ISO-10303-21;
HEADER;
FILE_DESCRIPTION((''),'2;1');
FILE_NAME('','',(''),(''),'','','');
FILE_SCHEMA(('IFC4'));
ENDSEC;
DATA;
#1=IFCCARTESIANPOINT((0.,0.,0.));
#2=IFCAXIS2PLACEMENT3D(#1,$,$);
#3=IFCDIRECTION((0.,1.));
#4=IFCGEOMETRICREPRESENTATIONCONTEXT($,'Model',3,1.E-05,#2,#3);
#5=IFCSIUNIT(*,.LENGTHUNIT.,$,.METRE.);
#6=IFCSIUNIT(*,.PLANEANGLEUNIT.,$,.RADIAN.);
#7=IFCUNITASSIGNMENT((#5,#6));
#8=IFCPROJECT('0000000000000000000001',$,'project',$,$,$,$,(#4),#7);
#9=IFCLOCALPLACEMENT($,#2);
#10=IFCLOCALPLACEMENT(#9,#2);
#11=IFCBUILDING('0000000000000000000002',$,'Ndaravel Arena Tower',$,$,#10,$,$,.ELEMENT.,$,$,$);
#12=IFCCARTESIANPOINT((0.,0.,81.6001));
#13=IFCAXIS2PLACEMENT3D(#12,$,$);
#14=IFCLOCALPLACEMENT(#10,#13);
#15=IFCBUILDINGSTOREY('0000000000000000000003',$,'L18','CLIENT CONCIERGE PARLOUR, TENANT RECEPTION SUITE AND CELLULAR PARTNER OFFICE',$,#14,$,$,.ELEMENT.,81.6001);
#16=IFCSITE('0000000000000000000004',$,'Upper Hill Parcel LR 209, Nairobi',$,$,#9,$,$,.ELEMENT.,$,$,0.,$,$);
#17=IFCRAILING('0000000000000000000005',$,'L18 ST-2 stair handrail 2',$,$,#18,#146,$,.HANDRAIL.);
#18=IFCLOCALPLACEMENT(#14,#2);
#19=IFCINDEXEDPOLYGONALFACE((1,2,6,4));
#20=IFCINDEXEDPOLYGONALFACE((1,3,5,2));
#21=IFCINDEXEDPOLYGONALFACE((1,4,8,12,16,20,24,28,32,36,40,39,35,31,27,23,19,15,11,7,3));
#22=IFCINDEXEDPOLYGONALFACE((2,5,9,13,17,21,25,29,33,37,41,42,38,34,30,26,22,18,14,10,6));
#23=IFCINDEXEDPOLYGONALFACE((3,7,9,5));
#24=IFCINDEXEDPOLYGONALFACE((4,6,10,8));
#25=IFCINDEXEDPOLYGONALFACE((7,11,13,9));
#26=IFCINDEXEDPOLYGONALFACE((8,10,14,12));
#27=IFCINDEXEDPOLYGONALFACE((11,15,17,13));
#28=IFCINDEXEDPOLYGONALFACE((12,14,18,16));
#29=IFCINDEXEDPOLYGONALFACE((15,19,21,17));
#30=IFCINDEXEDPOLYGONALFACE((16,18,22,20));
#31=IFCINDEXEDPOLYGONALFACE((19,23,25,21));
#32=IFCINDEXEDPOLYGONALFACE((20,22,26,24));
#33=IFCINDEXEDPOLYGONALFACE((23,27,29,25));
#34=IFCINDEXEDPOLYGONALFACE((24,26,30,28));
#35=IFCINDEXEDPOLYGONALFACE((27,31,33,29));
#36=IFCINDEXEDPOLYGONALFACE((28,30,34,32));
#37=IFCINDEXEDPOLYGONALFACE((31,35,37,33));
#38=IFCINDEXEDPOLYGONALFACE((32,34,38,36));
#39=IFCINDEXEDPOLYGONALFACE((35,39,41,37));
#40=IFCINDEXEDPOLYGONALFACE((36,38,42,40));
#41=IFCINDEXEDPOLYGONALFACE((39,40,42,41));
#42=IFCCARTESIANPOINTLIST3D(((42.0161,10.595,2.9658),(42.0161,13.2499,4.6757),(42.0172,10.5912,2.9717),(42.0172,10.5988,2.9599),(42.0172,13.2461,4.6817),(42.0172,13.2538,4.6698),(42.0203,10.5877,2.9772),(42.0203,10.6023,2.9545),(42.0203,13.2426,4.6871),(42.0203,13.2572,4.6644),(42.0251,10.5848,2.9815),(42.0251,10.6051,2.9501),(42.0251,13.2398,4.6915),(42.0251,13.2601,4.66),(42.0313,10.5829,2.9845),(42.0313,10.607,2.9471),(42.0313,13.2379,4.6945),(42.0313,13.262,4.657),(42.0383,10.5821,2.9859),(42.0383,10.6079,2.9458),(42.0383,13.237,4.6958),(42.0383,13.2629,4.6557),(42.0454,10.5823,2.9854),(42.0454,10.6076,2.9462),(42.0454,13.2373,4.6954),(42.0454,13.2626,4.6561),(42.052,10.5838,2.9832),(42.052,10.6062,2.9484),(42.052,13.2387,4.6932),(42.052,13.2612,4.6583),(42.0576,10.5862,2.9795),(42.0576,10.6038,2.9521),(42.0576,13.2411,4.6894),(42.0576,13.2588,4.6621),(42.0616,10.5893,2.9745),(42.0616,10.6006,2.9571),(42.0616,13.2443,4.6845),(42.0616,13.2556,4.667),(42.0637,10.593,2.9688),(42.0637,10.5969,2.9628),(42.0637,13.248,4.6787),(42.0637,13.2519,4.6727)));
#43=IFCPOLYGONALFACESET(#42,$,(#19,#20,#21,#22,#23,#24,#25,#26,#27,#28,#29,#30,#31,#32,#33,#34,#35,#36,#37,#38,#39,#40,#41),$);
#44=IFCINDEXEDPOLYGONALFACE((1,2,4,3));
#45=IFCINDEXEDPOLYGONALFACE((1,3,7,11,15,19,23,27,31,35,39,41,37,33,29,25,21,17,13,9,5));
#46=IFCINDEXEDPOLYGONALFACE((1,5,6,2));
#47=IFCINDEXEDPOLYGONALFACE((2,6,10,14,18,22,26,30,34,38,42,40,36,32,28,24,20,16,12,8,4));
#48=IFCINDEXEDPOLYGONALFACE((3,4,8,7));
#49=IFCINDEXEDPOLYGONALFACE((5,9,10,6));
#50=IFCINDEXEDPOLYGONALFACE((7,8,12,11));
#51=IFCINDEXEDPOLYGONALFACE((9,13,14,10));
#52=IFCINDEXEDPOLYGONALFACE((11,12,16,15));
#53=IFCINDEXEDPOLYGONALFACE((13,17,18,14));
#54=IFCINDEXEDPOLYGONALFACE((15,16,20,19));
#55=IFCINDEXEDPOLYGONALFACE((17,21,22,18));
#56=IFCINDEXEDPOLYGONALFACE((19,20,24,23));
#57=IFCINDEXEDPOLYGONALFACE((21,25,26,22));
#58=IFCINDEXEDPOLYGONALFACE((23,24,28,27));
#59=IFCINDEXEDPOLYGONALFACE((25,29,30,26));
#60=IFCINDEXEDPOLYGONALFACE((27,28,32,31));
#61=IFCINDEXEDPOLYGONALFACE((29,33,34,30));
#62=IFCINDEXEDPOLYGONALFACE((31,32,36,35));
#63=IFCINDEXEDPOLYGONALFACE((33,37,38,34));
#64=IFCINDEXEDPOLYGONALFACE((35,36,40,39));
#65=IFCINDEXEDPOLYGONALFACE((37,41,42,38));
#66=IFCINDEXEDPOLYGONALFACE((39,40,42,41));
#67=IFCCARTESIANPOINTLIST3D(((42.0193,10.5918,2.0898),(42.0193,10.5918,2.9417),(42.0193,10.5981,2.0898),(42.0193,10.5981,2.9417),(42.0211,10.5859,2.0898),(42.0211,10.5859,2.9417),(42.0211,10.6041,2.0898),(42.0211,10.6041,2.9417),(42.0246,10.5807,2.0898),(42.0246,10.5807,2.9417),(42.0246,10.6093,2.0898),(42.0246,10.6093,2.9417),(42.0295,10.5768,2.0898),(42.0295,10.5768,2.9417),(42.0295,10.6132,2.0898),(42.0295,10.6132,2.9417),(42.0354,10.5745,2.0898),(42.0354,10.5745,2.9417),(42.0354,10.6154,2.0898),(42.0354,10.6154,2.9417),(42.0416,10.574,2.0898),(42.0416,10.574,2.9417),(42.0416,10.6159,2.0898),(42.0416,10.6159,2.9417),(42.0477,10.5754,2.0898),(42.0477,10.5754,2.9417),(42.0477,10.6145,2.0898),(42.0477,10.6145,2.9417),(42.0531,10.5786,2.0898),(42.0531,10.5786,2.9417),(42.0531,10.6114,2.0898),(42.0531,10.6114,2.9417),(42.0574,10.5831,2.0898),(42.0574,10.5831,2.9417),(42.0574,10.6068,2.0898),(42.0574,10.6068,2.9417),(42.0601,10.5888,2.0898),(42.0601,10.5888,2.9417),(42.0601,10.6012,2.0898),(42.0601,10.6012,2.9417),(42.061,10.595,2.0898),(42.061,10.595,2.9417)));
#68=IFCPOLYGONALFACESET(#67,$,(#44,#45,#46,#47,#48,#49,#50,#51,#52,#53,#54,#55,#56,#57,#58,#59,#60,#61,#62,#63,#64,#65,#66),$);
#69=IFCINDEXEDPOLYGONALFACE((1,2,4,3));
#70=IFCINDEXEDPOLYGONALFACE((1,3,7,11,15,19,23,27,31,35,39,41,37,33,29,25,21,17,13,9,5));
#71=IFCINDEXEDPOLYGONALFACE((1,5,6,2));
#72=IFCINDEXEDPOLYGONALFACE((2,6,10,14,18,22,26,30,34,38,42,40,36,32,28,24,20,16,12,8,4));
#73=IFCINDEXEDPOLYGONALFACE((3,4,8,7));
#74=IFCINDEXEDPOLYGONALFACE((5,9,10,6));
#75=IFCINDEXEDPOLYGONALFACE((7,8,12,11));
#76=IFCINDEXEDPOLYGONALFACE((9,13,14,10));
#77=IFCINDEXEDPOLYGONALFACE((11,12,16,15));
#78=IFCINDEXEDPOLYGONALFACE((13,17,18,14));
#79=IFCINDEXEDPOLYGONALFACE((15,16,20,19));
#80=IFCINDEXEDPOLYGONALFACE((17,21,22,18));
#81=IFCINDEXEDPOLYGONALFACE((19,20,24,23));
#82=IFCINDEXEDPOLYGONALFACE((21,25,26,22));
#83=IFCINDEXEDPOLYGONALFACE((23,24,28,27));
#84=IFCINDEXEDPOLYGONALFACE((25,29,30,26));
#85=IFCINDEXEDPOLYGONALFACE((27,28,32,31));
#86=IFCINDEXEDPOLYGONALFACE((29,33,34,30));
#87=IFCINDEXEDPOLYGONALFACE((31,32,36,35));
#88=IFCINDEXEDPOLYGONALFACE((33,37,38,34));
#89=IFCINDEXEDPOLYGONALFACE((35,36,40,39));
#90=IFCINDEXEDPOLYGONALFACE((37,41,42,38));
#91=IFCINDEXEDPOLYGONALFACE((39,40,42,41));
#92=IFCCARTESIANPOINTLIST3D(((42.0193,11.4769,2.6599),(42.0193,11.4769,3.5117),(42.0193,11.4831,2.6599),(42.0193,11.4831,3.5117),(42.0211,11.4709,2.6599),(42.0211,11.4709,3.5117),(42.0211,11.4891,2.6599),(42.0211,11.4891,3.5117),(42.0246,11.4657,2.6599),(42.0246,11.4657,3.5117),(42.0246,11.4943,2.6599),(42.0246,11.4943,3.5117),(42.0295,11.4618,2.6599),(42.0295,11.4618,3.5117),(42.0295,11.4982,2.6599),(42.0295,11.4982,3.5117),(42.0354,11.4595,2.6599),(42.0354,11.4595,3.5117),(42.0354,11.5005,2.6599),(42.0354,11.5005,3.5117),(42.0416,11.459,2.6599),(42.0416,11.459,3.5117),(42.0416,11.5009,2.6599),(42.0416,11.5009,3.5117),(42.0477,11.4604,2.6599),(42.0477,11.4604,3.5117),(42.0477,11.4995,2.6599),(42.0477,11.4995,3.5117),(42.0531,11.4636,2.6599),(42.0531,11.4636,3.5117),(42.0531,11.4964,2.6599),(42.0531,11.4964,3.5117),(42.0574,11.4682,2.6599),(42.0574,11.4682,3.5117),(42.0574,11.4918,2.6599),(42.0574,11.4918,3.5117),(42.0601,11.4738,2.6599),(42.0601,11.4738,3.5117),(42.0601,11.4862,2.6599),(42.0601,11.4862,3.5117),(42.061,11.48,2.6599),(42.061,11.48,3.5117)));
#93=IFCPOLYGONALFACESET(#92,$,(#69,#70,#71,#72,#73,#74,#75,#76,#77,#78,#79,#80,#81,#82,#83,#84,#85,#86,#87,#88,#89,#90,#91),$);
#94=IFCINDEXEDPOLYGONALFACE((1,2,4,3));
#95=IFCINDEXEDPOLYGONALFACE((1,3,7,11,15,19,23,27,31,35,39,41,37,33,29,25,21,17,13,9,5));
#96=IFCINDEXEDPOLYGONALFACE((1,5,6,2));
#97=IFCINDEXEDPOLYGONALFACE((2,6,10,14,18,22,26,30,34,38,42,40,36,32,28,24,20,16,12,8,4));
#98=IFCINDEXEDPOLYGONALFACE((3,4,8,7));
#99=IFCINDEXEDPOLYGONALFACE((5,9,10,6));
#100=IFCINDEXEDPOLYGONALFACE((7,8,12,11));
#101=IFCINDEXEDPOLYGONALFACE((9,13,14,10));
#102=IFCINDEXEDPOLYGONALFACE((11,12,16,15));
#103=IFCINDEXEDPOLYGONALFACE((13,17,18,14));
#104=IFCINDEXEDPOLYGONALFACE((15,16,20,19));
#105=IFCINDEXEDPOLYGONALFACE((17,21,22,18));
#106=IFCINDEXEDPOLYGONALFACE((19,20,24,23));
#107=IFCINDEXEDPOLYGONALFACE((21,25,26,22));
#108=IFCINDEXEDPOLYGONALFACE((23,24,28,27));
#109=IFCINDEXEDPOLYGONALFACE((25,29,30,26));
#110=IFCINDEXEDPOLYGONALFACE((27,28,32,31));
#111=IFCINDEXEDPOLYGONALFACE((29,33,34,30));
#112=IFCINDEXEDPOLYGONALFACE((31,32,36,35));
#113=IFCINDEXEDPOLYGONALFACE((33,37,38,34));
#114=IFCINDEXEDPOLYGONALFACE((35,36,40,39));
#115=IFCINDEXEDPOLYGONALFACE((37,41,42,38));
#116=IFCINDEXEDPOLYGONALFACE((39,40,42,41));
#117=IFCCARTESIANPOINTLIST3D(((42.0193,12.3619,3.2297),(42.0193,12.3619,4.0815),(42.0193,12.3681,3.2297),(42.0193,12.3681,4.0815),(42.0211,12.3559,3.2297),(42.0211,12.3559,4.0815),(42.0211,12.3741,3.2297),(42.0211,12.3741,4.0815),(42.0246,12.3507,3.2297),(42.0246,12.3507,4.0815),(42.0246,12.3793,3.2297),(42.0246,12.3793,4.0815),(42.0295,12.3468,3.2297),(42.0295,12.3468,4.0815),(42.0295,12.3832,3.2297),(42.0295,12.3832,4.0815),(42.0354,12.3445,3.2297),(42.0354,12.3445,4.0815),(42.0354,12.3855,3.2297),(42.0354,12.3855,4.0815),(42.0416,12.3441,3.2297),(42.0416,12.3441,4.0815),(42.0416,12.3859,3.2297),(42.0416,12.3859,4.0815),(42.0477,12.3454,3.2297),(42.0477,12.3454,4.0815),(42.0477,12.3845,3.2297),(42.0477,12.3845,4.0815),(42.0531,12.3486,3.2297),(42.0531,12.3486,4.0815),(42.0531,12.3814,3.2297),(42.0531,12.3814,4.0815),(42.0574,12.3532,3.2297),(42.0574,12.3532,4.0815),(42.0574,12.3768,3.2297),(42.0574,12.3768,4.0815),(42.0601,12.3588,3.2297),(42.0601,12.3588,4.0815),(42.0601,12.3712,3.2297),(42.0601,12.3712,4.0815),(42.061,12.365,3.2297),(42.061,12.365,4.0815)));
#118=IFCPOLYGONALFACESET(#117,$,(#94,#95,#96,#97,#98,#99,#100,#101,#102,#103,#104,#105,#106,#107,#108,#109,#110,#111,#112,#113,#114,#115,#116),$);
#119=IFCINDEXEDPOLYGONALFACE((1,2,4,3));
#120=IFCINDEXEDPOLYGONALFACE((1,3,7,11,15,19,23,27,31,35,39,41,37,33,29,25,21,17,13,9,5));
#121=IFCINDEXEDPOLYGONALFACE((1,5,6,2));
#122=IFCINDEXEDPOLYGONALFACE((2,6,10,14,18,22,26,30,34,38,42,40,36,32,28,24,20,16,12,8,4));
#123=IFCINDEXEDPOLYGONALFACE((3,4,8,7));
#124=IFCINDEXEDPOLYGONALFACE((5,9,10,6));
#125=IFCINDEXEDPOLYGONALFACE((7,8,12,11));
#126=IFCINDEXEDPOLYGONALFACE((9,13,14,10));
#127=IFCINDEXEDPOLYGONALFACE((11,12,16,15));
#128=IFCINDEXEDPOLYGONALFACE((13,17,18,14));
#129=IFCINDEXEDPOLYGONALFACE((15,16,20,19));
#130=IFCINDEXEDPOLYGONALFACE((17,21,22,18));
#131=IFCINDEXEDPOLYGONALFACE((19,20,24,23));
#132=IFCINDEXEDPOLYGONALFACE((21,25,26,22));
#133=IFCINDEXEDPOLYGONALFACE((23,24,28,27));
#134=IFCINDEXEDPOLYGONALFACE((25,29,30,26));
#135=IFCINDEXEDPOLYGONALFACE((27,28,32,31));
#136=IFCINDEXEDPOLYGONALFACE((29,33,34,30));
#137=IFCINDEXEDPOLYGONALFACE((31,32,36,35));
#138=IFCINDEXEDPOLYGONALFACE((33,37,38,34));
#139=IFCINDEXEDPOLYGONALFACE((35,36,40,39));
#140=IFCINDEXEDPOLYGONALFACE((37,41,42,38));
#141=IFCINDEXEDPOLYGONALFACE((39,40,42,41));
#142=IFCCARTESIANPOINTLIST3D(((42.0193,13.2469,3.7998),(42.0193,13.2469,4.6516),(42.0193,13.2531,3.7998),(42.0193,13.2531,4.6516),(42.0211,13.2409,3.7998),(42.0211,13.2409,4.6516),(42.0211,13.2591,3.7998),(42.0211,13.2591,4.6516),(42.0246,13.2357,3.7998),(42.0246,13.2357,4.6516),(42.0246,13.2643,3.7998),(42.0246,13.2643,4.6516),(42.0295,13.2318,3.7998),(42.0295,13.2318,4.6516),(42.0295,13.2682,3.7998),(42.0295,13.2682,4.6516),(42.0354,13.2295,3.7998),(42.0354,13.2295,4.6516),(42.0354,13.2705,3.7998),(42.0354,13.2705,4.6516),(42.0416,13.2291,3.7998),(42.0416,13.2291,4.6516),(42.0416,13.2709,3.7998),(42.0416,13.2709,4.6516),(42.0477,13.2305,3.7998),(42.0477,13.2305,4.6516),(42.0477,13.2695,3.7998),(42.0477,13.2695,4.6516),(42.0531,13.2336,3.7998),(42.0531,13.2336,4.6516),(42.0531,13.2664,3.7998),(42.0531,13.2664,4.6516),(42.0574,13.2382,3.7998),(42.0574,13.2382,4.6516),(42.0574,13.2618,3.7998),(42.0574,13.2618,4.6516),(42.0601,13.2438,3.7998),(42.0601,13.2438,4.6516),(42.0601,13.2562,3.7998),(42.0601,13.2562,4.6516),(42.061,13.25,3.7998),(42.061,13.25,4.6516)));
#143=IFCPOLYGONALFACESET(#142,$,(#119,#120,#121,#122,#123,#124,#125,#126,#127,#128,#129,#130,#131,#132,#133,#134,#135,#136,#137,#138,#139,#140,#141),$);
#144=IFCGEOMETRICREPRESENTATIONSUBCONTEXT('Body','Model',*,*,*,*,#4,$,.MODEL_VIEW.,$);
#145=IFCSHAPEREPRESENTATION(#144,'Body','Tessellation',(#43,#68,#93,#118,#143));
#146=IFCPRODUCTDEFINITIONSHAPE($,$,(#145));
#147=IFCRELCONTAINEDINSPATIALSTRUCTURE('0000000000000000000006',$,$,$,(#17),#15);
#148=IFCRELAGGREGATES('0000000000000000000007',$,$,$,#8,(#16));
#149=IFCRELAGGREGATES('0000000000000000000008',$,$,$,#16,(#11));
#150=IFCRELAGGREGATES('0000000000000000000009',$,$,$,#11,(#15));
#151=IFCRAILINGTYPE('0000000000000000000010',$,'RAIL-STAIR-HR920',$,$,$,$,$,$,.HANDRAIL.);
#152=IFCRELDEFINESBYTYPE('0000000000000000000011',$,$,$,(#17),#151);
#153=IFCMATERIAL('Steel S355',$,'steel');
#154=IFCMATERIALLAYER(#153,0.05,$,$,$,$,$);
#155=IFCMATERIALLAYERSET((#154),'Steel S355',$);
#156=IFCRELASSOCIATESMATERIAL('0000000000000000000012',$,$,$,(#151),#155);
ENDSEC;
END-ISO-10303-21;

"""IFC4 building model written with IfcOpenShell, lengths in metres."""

from ifc_helpers import new_model, si_unit, direction, frame, origin, origin_2d, place, context, subcontext, project, spatial, circle, extrude, material, layer, layer_set, type_object, element, save


model = new_model("IFC4")

# Units and contexts
model_context = context("Model", 3, precision=1e-05, world=origin(), true_north=direction((0.0, 1.0)))
body_context = subcontext(model_context, "Body", "Model", "MODEL_VIEW")
ifc_project = project(units=[si_unit("LENGTHUNIT", "METRE"), si_unit("PLANEANGLEUNIT", "RADIAN")], contexts=[model_context])

# Site, building, storey
site_placement = place(None, origin())
site = spatial("IfcSite", under=ifc_project, at=site_placement, Name="Upper Hill Parcel LR 209, Nairobi", CompositionType="ELEMENT", RefElevation=0.0)
building_placement = place(site_placement, origin())
building = spatial("IfcBuilding", under=site, at=building_placement, Name="Ndaravel Arena Tower", CompositionType="ELEMENT")
storey_placement = place(building_placement, frame((0.0, 0.0, 81.6001)))
storey = spatial("IfcBuildingStorey", under=building, at=storey_placement, Name="L18", Description="CLIENT CONCIERGE PARLOUR, TENANT RECEPTION SUITE AND CELLULAR PARTNER OFFICE", CompositionType="ELEMENT", Elevation=81.6001)

# Railing
ifc_material_1 = material(Name="Steel S355", Category="steel")
ifc_layer_1 = layer(ifc_material_1, 0.05)
ifc_layer_set_1 = layer_set([ifc_layer_1], Name="Steel S355")
railing_type_1 = type_object("IfcRailingType", Name="RAIL-STAIR-HR920", PredefinedType="HANDRAIL", material=ifc_layer_set_1)
railing_1_placement = place(storey_placement, frame((42.04, 10.595, 2.0898)))
element("IfcRailing", 1, at=railing_1_placement, inside=storey, type_object=railing_type_1, Name="L18 ST-2 stair handrail 2", PredefinedType="HANDRAIL", context=body_context, shape_type="SweptSolid", body=[
    extrude(circle(Radius=0.0239, at=origin_2d()), frame((0.0, 0.0, 0.876), z_axis=(0.0, 0.840724, 0.541465), x_axis=(-1.0, 0.0, 0.0)), (0.0, 0.0, 1.0), 3.158),
    extrude(circle(Radius=0.021, at=origin_2d()), origin(), (0.0, 0.0, 1.0), 0.8518),
    extrude(circle(Radius=0.021, at=origin_2d()), frame((0.0, 0.885, 0.5701)), (0.0, 0.0, 1.0), 0.8518),
    extrude(circle(Radius=0.021, at=origin_2d()), frame((0.0, 1.77, 1.1399)), (0.0, 0.0, 1.0), 0.8518),
    extrude(circle(Radius=0.021, at=origin_2d()), frame((0.0, 2.655, 1.71)), (0.0, 0.0, 1.0), 0.8518),
])

save(model, "model.ifc")
